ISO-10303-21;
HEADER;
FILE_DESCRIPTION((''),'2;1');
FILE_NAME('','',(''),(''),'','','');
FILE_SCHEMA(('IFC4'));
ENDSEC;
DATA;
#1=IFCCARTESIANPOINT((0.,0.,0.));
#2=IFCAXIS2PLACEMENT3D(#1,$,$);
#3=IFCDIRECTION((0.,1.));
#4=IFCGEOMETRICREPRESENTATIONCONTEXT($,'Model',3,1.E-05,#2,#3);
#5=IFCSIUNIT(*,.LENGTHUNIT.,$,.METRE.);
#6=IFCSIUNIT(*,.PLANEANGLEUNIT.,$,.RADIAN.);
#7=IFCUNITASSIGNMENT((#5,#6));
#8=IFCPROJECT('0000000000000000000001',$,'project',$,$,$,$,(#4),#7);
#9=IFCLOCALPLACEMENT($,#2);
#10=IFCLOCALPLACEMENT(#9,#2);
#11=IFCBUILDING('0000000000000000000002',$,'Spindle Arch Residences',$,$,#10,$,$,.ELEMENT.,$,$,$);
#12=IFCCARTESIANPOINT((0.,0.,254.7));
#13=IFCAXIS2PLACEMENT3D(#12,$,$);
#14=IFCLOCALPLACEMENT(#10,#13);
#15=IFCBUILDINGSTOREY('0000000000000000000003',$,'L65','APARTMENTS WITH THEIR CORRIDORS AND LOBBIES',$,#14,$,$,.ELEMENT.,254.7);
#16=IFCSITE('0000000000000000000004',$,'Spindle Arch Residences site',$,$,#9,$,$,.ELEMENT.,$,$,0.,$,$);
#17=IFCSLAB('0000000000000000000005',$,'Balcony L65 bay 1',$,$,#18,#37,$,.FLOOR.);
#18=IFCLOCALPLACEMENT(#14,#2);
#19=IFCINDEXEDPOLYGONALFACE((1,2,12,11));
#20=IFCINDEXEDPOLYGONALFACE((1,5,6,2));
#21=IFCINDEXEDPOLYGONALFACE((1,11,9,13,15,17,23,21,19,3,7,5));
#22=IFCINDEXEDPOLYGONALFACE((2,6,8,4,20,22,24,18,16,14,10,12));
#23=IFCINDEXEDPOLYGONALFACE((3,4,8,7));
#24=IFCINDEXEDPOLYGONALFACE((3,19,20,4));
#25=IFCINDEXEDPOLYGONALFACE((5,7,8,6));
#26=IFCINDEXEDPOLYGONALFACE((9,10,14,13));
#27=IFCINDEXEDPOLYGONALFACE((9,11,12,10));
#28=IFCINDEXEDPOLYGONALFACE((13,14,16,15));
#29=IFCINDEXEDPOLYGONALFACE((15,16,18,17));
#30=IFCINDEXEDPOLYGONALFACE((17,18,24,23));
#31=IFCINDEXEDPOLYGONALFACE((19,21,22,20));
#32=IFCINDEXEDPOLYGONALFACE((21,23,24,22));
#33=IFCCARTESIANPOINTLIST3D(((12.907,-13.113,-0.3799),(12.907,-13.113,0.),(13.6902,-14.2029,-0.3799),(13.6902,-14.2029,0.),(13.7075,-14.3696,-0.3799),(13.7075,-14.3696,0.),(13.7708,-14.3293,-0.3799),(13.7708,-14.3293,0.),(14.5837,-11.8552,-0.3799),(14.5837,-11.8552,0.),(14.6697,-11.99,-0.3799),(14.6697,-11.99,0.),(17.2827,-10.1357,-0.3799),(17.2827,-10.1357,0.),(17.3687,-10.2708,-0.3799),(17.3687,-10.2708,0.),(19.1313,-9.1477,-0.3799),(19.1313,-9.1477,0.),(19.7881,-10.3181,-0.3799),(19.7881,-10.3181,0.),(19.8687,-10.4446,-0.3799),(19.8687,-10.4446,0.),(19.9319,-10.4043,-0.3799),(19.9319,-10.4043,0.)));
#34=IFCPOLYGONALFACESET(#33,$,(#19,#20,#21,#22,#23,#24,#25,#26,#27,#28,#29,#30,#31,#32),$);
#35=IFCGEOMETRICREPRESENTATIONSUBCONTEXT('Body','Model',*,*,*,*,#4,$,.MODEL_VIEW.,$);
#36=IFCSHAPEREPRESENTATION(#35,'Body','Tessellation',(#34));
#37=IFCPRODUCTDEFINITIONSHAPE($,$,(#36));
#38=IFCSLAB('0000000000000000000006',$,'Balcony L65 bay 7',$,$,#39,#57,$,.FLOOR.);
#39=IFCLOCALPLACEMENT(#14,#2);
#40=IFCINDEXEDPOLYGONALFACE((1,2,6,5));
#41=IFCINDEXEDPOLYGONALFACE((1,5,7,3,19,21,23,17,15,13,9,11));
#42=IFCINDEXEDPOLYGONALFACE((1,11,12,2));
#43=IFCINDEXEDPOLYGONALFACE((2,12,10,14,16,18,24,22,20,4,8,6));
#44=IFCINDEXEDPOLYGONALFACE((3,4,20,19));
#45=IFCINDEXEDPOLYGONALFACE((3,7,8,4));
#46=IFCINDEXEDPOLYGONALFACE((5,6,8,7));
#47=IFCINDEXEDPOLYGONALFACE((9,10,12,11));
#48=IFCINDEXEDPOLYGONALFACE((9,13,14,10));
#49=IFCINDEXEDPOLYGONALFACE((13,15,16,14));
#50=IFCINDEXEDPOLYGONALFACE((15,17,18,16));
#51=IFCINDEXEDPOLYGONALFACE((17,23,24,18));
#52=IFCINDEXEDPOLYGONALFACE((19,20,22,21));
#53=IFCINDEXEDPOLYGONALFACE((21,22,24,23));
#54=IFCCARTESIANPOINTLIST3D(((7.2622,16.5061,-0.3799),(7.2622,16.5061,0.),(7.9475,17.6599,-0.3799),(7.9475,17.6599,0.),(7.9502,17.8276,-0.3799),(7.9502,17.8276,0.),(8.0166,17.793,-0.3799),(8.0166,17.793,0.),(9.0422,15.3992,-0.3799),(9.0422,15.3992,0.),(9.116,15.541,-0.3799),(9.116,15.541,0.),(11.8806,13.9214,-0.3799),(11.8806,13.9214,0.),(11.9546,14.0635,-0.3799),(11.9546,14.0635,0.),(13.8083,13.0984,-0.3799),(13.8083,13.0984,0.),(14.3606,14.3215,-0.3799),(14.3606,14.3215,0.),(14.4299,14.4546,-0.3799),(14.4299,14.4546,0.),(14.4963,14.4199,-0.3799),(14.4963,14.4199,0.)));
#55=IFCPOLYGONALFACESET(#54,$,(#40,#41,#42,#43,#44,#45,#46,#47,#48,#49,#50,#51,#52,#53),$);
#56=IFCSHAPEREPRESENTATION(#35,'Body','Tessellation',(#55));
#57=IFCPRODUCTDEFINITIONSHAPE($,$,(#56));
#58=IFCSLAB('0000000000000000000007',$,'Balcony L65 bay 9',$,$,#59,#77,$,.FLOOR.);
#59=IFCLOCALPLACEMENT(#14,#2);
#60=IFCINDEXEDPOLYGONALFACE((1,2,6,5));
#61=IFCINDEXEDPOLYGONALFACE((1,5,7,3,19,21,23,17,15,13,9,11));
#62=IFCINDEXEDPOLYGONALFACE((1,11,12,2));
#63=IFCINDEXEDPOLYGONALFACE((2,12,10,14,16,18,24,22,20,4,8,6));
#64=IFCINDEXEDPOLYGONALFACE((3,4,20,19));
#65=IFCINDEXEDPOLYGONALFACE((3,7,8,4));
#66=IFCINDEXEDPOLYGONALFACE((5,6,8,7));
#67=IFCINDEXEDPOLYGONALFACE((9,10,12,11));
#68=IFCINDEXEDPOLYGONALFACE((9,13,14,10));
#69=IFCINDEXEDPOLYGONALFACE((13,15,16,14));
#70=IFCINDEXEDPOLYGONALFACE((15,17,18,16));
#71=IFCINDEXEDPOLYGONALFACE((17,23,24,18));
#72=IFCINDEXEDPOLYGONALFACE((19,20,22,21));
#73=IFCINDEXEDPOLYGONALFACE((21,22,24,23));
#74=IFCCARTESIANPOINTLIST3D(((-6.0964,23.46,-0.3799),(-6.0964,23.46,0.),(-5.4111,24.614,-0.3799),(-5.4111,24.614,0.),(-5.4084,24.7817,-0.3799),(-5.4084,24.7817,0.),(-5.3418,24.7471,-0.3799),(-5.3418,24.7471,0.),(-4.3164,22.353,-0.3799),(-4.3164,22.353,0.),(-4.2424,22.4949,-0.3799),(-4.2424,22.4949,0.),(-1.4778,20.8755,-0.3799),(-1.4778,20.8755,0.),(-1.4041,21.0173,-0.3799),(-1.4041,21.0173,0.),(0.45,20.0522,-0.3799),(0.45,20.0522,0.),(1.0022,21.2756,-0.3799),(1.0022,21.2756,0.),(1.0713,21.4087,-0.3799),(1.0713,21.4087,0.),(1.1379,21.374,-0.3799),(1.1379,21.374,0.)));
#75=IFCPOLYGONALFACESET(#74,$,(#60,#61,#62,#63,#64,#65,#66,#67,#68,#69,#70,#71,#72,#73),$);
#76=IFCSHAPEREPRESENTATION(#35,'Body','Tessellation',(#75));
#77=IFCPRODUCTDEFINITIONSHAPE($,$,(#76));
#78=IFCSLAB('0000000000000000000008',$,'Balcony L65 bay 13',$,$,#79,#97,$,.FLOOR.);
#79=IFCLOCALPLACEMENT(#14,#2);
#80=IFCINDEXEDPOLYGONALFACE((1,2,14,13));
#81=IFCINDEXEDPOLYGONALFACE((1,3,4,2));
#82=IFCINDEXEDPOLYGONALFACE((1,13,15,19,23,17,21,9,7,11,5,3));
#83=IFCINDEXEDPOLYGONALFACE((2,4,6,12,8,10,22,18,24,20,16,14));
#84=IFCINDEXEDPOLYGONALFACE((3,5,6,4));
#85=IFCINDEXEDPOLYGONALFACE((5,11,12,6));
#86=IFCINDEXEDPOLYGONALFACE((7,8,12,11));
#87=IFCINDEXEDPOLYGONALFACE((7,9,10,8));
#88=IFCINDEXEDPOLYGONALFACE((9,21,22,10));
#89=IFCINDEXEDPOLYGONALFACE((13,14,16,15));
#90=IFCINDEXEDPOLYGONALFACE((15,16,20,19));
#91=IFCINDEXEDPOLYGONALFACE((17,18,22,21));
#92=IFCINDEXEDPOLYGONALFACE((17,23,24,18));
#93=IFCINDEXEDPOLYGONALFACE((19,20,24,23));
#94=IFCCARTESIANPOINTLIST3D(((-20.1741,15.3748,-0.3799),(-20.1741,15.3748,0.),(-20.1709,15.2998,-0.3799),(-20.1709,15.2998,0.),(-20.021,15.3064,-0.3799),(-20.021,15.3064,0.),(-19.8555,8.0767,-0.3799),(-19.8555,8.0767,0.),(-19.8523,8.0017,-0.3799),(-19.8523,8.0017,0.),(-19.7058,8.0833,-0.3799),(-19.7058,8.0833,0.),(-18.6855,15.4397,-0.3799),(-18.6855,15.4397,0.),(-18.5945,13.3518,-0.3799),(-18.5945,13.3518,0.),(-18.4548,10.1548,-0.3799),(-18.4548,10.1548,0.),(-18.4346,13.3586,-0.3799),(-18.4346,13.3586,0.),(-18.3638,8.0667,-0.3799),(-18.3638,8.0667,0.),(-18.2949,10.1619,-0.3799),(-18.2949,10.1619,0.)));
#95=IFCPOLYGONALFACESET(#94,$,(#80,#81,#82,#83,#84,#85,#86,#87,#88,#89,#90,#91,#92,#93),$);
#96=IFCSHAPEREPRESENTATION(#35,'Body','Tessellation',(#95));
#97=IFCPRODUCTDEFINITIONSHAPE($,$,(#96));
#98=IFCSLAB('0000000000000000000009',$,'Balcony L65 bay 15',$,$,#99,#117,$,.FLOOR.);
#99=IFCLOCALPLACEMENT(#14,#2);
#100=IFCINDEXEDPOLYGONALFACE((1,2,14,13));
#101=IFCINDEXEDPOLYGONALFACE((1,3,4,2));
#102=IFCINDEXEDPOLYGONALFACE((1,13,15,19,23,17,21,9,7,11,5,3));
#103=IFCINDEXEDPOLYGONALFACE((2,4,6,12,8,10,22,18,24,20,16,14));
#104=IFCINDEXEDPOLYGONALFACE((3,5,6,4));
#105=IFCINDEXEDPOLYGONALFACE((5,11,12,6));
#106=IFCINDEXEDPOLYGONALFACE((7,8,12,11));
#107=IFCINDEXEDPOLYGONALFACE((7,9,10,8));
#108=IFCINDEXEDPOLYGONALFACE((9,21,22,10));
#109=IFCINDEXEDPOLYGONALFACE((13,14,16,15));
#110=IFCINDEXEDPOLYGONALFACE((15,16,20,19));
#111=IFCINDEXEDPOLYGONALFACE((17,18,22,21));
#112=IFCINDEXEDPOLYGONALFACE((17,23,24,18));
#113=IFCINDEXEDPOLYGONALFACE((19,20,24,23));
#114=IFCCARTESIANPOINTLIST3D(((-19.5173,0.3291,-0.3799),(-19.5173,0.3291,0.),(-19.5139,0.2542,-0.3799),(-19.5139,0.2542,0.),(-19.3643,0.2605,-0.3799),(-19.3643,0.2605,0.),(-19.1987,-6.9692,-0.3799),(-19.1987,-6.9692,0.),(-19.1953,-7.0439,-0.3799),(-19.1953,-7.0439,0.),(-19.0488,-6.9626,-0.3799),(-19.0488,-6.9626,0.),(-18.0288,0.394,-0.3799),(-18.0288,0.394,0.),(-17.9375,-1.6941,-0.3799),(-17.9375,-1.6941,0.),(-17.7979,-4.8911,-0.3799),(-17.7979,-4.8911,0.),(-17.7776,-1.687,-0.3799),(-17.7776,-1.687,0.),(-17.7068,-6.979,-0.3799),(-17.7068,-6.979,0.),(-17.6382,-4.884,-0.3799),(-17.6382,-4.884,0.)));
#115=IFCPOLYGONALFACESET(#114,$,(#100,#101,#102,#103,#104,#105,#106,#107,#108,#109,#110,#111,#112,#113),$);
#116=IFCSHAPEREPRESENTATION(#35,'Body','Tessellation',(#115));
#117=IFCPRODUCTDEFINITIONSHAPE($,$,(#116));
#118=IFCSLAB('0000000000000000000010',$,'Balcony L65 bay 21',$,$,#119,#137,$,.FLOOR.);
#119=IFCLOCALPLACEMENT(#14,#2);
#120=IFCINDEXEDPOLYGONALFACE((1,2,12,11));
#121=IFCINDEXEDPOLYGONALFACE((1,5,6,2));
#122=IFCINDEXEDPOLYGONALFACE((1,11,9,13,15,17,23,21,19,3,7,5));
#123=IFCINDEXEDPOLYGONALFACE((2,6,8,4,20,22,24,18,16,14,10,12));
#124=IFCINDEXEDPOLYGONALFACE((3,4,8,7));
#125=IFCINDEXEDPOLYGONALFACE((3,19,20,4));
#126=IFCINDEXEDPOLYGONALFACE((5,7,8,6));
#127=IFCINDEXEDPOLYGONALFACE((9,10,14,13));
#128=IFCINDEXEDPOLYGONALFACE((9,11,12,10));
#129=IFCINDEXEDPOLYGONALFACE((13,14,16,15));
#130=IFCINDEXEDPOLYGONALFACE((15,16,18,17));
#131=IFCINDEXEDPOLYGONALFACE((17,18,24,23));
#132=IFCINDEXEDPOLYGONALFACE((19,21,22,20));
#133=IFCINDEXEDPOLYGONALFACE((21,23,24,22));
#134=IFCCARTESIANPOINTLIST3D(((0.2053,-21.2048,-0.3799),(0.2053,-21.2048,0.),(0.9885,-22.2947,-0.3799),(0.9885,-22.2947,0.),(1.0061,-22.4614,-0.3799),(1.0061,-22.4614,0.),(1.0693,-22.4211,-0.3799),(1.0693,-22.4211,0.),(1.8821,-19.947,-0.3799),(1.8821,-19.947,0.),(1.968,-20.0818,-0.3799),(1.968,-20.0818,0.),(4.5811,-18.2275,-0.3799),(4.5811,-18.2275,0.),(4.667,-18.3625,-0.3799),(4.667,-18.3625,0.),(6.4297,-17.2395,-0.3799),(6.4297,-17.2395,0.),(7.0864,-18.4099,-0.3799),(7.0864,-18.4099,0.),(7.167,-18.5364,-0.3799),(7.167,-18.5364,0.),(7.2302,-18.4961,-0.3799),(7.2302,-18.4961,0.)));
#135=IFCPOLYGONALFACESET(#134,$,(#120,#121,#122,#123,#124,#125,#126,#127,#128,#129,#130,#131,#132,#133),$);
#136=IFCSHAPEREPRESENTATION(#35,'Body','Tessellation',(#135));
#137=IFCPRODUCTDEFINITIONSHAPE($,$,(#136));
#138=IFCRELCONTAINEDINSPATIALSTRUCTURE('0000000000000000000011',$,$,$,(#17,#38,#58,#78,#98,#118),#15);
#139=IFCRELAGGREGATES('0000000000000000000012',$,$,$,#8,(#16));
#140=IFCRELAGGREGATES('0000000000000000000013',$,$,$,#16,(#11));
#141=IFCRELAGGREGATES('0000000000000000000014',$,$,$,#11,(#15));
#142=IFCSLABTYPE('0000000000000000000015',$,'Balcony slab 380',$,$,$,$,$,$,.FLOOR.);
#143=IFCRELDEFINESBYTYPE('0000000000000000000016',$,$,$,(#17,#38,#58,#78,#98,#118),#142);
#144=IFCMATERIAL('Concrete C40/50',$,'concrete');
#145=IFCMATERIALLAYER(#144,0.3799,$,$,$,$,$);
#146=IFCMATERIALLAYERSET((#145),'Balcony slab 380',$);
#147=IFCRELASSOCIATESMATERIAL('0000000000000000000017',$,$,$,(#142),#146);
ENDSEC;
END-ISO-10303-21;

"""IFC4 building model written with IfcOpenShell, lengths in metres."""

from ifc_helpers import new_model, si_unit, direction, frame, origin, place, context, subcontext, project, spatial, polyline, outline, extrude, material, layer, layer_set, type_object, element, save


model = new_model("IFC4")

# Units and contexts
model_context = context("Model", 3, precision=1e-05, world=origin(), true_north=direction((0.0, 1.0)))
body_context = subcontext(model_context, "Body", "Model", "MODEL_VIEW")
ifc_project = project(units=[si_unit("LENGTHUNIT", "METRE"), si_unit("PLANEANGLEUNIT", "RADIAN")], contexts=[model_context])

# Site, building, storey
site_placement = place(None, origin())
site = spatial("IfcSite", under=ifc_project, at=site_placement, Name="Spindle Arch Residences site", CompositionType="ELEMENT", RefElevation=0.0)
building_placement = place(site_placement, origin())
building = spatial("IfcBuilding", under=site, at=building_placement, Name="Spindle Arch Residences", CompositionType="ELEMENT")
storey_placement = place(building_placement, frame((0.0, 0.0, 254.7)))
storey = spatial("IfcBuildingStorey", under=building, at=storey_placement, Name="L65", Description="APARTMENTS WITH THEIR CORRIDORS AND LOBBIES", CompositionType="ELEMENT", Elevation=254.7)

# Slabs
ifc_material_1 = material(Name="Concrete C40/50", Category="concrete")
ifc_layer_1 = layer(ifc_material_1, 0.3799)
ifc_layer_set_1 = layer_set([ifc_layer_1], Name="Balcony slab 380")
slab_type_1 = type_object("IfcSlabType", Name="Balcony slab 380", PredefinedType="FLOOR", material=ifc_layer_set_1)
slab_1_placement = place(storey_placement, frame((0.0, 0.0, -0.3799)))
element("IfcSlab", 1, at=slab_1_placement, inside=storey, type_object=slab_type_1, Name="Balcony L65 bay 1", PredefinedType="FLOOR", context=body_context, shape_type="SweptSolid", body=[
    extrude(outline(polyline([(13.7075, -14.3696), (13.7708, -14.3293), (13.6902, -14.2029), (19.7881, -10.3181), (19.8687, -10.4446), (19.9319, -10.4043), (19.1313, -9.1477), (17.3687, -10.2708), (17.2827, -10.1357), (14.5837, -11.8552), (14.6697, -11.99), (12.907, -13.113), (13.7075, -14.3696)])), origin(), (0.0, 0.0, 1.0), 0.3799),
])
slab_2_placement = place(storey_placement, frame((0.0, 0.0, -0.3799)))
element("IfcSlab", 2, at=slab_2_placement, inside=storey, type_object=slab_type_1, Name="Balcony L65 bay 7", PredefinedType="FLOOR", context=body_context, shape_type="SweptSolid", body=[
    extrude(outline(polyline([(14.4963, 14.4199), (14.4299, 14.4546), (14.3606, 14.3215), (7.9475, 17.6599), (8.0166, 17.793), (7.9502, 17.8276), (7.2622, 16.5061), (9.116, 15.541), (9.0422, 15.3992), (11.8806, 13.9214), (11.9546, 14.0635), (13.8083, 13.0984), (14.4963, 14.4199)])), origin(), (0.0, 0.0, 1.0), 0.3799),
])
slab_3_placement = place(storey_placement, frame((0.0, 0.0, -0.3799)))
element("IfcSlab", 3, at=slab_3_placement, inside=storey, type_object=slab_type_1, Name="Balcony L65 bay 9", PredefinedType="FLOOR", context=body_context, shape_type="SweptSolid", body=[
    extrude(outline(polyline([(1.1379, 21.374), (1.0713, 21.4087), (1.0022, 21.2756), (-5.4111, 24.614), (-5.3418, 24.7471), (-5.4084, 24.7817), (-6.0964, 23.46), (-4.2424, 22.4949), (-4.3164, 22.353), (-1.4778, 20.8755), (-1.4041, 21.0173), (0.45, 20.0522), (1.1379, 21.374)])), origin(), (0.0, 0.0, 1.0), 0.3799),
])
slab_4_placement = place(storey_placement, frame((0.0, 0.0, -0.3799)))
element("IfcSlab", 4, at=slab_4_placement, inside=storey, type_object=slab_type_1, Name="Balcony L65 bay 13", PredefinedType="FLOOR", context=body_context, shape_type="SweptSolid", body=[
    extrude(outline(polyline([(-20.1741, 15.3748), (-20.1709, 15.2998), (-20.021, 15.3064), (-19.7058, 8.0833), (-19.8555, 8.0767), (-19.8523, 8.0017), (-18.3638, 8.0667), (-18.4548, 10.1548), (-18.2949, 10.1619), (-18.4346, 13.3586), (-18.5945, 13.3518), (-18.6855, 15.4397), (-20.1741, 15.3748)])), origin(), (0.0, 0.0, 1.0), 0.3799),
])
slab_5_placement = place(storey_placement, frame((0.0, 0.0, -0.3799)))
element("IfcSlab", 5, at=slab_5_placement, inside=storey, type_object=slab_type_1, Name="Balcony L65 bay 15", PredefinedType="FLOOR", context=body_context, shape_type="SweptSolid", body=[
    extrude(outline(polyline([(-19.5173, 0.3291), (-19.5139, 0.2542), (-19.3643, 0.2605), (-19.0488, -6.9626), (-19.1987, -6.9692), (-19.1953, -7.0439), (-17.7068, -6.979), (-17.7979, -4.8911), (-17.6382, -4.884), (-17.7776, -1.687), (-17.9375, -1.6941), (-18.0288, 0.394), (-19.5173, 0.3291)])), origin(), (0.0, 0.0, 1.0), 0.3799),
])
slab_6_placement = place(storey_placement, frame((0.0, 0.0, -0.3799)))
element("IfcSlab", 6, at=slab_6_placement, inside=storey, type_object=slab_type_1, Name="Balcony L65 bay 21", PredefinedType="FLOOR", context=body_context, shape_type="SweptSolid", body=[
    extrude(outline(polyline([(1.0061, -22.4614), (1.0693, -22.4211), (0.9885, -22.2947), (7.0864, -18.4099), (7.167, -18.5364), (7.2302, -18.4961), (6.4297, -17.2395), (4.667, -18.3625), (4.5811, -18.2275), (1.8821, -19.947), (1.968, -20.0818), (0.2053, -21.2048), (1.0061, -22.4614)])), origin(), (0.0, 0.0, 1.0), 0.3799),
])

save(model, "model.ifc")
